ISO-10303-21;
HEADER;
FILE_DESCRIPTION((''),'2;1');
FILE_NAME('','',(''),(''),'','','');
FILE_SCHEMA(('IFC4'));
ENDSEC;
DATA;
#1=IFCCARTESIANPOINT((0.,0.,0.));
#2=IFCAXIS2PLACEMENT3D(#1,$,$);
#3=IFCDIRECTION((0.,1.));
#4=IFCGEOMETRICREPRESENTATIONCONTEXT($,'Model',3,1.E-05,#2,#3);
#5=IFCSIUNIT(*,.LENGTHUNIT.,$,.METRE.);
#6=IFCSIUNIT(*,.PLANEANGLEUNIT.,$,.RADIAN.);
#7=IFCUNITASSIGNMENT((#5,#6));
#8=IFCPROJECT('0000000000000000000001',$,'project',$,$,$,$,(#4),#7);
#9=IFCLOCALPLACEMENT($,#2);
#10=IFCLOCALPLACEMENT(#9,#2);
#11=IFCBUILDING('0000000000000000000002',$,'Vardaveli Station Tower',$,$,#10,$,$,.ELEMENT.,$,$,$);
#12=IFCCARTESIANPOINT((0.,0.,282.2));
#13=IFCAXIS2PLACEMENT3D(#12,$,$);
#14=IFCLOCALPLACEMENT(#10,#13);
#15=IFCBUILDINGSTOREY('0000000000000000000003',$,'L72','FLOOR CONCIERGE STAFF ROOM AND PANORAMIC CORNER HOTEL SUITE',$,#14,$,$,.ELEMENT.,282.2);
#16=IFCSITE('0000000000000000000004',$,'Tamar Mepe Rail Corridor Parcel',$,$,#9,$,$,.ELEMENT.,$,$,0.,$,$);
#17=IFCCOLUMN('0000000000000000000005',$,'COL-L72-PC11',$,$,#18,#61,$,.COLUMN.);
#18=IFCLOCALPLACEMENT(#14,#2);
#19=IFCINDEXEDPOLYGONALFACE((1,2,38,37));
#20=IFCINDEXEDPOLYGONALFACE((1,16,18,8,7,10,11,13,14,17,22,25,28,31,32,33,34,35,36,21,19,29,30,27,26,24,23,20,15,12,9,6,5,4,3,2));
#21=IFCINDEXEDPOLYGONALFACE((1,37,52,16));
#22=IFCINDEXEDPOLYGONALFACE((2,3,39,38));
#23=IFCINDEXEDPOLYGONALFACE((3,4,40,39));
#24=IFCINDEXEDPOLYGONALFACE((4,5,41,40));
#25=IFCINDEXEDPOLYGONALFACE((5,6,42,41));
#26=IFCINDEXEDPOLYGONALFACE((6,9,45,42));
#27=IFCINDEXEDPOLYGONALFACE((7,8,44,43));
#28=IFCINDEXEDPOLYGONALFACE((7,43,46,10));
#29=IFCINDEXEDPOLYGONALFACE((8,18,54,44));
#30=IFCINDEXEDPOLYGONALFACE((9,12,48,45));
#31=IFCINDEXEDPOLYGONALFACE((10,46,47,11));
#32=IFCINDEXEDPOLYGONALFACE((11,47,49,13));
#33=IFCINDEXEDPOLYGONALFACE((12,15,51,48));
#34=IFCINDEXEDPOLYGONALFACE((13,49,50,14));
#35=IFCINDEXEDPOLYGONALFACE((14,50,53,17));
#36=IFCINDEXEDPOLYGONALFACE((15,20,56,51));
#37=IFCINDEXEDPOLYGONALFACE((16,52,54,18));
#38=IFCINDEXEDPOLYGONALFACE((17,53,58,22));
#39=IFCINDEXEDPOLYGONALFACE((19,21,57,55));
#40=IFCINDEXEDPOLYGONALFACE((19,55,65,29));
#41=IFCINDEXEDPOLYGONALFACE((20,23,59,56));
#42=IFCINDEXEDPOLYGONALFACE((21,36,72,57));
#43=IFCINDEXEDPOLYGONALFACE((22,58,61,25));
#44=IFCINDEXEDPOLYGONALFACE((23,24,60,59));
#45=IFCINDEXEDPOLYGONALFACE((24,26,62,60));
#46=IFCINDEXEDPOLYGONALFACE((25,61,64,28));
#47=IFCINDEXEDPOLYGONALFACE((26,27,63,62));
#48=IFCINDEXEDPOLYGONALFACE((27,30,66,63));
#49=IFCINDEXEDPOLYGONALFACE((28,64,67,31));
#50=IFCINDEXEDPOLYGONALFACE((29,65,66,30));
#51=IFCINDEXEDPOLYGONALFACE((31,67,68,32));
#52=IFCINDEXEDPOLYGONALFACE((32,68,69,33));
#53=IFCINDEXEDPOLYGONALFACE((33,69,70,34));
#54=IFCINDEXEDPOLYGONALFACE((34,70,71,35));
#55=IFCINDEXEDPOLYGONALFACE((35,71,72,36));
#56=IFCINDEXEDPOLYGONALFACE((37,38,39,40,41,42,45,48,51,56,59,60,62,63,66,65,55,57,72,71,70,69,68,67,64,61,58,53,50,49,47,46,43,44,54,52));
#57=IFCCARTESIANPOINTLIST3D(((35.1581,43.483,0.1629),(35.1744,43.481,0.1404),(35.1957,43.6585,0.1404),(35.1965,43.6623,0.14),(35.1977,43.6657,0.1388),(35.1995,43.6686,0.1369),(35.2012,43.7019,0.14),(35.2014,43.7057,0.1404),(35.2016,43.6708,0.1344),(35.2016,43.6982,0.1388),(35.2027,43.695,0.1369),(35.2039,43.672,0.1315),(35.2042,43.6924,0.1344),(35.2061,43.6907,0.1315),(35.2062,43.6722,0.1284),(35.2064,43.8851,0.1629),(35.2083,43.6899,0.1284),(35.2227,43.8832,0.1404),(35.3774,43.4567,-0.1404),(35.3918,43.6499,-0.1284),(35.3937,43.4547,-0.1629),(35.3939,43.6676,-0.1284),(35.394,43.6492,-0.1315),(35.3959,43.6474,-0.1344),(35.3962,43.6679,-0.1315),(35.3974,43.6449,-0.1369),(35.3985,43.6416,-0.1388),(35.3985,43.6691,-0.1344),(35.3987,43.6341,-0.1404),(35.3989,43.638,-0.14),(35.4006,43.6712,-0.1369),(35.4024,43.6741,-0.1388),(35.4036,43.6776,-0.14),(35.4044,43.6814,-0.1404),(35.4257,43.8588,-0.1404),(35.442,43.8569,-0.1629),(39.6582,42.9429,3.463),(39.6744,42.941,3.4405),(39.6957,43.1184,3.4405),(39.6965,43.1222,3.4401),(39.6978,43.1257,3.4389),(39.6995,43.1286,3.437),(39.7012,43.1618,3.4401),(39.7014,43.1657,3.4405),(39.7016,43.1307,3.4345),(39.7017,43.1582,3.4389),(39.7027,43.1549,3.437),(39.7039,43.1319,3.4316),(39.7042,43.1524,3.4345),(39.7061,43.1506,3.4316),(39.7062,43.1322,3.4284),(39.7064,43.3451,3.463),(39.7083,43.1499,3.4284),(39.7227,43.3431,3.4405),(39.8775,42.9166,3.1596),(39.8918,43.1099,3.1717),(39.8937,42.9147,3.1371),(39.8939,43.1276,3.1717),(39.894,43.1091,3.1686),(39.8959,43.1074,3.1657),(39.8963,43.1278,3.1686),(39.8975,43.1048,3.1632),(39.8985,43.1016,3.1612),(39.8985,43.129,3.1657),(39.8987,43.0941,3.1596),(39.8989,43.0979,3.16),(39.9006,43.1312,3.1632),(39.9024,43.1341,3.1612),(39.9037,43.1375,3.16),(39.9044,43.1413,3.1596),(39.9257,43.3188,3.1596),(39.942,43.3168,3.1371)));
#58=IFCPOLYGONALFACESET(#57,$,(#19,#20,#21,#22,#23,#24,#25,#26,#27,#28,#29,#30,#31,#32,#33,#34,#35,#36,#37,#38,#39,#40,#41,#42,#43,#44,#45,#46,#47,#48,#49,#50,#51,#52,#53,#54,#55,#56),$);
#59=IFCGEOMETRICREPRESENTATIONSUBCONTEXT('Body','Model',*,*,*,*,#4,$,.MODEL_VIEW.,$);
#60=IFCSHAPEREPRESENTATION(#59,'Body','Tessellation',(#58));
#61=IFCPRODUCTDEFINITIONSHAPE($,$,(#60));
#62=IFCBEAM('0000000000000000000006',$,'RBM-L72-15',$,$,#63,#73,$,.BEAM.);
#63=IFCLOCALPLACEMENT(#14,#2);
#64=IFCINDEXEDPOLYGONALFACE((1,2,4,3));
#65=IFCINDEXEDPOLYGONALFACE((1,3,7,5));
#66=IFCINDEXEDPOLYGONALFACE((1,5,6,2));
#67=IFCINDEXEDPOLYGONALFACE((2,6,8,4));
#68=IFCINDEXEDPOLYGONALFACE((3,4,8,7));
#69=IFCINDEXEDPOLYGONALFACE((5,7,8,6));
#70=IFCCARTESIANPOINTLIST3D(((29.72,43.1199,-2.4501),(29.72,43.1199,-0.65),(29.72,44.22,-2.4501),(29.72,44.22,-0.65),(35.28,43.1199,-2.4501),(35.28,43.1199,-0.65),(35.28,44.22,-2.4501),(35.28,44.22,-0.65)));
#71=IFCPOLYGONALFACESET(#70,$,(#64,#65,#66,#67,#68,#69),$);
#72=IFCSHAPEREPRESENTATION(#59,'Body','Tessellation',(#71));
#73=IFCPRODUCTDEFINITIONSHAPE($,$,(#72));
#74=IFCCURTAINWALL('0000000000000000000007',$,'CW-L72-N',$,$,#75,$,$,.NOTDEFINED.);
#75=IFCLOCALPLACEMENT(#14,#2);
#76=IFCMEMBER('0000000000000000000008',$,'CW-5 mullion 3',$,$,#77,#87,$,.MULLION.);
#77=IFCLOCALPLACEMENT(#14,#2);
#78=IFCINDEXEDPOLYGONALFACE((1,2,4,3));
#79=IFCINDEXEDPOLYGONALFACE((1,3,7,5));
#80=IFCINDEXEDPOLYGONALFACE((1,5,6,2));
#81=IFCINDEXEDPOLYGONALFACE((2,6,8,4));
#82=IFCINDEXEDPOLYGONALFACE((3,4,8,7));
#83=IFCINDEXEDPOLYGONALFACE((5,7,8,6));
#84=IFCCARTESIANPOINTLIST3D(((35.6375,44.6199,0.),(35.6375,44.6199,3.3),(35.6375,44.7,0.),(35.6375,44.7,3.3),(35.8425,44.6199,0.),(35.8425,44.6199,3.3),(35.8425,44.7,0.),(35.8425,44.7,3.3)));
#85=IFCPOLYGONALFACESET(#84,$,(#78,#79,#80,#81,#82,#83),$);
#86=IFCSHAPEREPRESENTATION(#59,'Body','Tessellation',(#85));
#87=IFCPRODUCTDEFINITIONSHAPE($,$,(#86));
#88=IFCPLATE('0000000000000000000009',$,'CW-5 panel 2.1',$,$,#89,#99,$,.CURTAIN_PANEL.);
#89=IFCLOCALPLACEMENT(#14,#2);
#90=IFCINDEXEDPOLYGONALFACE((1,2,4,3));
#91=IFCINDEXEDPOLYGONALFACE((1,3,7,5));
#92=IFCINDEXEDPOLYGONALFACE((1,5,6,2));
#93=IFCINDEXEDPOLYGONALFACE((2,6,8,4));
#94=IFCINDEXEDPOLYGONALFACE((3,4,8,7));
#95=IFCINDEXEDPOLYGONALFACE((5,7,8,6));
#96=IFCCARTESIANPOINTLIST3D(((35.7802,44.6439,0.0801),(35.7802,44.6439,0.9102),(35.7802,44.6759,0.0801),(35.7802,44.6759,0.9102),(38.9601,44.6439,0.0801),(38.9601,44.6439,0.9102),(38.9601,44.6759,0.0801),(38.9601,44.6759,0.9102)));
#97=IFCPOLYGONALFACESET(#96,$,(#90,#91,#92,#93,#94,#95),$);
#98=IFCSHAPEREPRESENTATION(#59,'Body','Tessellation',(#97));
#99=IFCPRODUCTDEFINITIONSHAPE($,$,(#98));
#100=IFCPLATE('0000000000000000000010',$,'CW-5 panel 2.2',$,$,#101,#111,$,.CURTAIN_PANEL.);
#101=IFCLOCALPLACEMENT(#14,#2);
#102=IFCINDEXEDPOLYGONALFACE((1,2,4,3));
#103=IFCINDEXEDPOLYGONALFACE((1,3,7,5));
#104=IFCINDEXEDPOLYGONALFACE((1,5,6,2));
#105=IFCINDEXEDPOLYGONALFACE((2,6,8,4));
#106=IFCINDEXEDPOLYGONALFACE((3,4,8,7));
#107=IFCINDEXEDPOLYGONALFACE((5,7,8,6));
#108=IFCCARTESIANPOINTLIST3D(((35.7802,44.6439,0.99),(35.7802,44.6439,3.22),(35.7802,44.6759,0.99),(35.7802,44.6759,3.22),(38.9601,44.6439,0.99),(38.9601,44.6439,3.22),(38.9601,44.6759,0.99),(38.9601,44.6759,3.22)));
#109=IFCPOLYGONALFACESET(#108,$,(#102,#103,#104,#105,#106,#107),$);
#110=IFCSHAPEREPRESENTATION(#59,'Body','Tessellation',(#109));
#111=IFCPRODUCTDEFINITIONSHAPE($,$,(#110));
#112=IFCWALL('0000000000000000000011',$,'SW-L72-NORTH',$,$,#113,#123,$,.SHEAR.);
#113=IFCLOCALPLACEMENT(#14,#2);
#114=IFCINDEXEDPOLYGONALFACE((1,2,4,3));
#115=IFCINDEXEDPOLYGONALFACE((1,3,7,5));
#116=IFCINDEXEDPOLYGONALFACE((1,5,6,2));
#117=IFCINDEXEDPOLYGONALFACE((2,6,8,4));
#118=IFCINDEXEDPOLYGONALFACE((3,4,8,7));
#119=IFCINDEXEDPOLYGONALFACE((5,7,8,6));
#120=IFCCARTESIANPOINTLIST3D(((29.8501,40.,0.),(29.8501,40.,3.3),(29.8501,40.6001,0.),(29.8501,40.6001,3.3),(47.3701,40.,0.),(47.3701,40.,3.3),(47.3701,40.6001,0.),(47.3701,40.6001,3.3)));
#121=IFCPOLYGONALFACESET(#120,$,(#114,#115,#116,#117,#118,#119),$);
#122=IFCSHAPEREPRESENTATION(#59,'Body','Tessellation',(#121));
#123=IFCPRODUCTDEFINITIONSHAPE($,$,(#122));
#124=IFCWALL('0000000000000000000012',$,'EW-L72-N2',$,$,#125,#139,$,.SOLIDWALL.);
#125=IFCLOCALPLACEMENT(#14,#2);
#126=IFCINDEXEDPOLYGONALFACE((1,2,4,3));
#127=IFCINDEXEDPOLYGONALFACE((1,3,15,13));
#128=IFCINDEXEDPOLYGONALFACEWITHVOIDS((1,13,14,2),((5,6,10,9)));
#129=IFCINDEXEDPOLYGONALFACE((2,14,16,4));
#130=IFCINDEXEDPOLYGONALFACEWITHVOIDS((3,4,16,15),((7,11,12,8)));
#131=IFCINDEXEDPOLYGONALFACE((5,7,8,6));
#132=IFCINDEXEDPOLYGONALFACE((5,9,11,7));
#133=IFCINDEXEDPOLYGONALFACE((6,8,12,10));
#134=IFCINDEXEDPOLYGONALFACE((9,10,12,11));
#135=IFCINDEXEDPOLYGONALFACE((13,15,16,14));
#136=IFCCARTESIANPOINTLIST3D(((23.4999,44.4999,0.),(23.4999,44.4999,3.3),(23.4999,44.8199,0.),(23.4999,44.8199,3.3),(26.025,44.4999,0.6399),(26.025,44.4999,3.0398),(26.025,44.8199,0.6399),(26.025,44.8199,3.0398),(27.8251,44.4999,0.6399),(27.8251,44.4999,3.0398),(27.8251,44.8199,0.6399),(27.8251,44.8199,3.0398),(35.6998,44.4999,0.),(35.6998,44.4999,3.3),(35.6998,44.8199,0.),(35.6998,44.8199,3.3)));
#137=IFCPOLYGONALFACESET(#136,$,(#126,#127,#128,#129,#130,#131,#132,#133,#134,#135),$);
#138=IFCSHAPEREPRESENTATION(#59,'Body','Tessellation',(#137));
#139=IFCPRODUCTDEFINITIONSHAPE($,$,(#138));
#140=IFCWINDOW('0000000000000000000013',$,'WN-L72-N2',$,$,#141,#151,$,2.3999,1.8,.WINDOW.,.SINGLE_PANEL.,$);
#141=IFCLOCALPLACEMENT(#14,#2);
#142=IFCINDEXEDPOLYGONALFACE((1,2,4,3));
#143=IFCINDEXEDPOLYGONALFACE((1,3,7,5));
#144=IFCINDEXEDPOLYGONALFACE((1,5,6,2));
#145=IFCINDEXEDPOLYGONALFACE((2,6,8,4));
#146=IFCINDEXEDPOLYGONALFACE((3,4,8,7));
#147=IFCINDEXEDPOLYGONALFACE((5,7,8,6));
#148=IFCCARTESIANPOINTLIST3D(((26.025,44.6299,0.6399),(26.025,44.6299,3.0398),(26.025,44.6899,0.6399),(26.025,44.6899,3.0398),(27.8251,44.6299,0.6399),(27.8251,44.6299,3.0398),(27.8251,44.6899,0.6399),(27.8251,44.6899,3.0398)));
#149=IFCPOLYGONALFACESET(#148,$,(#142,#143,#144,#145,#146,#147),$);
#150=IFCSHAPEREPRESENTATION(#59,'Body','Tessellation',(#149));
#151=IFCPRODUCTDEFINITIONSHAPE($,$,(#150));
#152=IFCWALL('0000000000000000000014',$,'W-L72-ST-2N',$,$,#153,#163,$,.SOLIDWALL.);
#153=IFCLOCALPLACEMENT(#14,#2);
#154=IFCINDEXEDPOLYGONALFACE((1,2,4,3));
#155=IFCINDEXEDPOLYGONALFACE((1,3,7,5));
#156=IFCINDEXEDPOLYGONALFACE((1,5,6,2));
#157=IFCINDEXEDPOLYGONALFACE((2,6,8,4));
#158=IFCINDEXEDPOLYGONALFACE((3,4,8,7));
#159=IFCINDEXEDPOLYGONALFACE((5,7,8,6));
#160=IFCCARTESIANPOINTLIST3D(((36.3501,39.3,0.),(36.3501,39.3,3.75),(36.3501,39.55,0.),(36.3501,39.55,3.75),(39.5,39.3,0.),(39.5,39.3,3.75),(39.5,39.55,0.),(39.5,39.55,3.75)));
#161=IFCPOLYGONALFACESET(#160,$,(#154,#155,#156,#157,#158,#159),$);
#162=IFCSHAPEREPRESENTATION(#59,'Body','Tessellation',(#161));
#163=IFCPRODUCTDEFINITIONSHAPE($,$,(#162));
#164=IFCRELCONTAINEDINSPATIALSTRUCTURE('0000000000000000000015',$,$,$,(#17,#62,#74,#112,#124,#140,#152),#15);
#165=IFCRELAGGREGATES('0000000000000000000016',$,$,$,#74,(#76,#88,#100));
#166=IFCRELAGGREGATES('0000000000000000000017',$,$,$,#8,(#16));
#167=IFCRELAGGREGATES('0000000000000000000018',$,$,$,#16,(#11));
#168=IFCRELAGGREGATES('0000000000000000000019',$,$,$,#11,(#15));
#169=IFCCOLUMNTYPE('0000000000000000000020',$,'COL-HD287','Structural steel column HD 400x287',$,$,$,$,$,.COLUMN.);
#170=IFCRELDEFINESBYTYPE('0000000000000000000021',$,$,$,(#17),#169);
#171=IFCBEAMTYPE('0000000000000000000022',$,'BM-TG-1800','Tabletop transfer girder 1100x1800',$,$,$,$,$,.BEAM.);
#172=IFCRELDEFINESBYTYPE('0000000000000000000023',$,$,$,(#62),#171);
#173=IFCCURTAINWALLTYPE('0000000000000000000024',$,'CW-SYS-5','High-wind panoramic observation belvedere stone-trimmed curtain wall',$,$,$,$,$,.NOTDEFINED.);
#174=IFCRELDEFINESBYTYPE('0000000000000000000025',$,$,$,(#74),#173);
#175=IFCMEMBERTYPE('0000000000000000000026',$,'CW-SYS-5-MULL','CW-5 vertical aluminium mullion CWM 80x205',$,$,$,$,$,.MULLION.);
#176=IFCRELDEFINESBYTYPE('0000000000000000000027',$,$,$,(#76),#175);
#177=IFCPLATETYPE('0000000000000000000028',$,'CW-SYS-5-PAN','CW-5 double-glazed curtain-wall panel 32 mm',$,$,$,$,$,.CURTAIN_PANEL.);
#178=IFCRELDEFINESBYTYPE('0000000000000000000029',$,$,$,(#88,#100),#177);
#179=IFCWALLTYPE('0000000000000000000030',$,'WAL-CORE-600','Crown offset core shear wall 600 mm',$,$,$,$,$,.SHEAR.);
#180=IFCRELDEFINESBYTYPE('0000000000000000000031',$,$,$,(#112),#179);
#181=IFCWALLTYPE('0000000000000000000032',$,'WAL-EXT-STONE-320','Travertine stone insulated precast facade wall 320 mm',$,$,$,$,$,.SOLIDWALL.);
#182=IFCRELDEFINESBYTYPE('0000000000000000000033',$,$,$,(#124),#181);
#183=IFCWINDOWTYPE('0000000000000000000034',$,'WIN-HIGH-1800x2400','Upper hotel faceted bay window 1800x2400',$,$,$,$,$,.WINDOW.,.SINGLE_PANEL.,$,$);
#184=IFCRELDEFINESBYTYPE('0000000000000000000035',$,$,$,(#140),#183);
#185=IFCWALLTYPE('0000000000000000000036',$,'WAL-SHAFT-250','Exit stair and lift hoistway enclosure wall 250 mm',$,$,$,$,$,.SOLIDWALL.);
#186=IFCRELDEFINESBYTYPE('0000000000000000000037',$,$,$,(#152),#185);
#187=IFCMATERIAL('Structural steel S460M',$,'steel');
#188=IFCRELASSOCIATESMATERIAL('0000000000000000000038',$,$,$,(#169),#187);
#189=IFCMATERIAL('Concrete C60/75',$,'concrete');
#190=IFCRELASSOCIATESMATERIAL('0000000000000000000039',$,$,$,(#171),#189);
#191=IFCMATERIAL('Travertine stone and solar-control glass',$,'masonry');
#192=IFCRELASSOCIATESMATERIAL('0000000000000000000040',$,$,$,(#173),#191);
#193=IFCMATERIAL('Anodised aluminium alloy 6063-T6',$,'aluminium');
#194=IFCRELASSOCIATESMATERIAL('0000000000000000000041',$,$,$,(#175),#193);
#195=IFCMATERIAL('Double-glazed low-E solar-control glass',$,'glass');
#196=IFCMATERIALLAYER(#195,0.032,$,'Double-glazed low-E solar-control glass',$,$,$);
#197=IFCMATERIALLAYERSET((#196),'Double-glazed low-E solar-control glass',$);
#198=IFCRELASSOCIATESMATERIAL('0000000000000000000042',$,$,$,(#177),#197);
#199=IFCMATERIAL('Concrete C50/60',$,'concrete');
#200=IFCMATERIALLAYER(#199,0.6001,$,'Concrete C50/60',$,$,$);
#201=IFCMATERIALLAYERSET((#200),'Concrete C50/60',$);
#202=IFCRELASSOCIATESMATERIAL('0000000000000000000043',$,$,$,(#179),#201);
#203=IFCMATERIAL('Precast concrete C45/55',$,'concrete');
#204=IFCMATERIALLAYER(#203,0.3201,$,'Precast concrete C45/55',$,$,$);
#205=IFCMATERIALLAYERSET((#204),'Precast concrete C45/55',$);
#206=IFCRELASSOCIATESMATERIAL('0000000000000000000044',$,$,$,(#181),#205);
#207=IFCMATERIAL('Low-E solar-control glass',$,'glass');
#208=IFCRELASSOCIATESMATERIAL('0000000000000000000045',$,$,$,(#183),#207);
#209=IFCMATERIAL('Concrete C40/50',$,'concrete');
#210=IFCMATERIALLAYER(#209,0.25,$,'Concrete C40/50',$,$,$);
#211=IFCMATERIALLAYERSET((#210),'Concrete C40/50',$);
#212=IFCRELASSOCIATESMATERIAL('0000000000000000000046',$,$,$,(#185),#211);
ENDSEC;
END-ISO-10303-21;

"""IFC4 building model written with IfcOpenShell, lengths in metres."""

from ifc_helpers import new_model, si_unit, direction, frame, frame_2d, origin, origin_2d, place, context, subcontext, project, spatial, rectangle, i_section, extrude, source, transform, mapped, material, layer, layer_set, material_profile, profile_set, type_object, element, fill, aggregate, save


model = new_model("IFC4")

# Units and contexts
model_context = context("Model", 3, precision=1e-05, world=origin(), true_north=direction((0.0, 1.0)))
body_context = subcontext(model_context, "Body", "Model", "MODEL_VIEW")
ifc_project = project(units=[si_unit("LENGTHUNIT", "METRE"), si_unit("PLANEANGLEUNIT", "RADIAN")], contexts=[model_context])

# Site, building, storey
site_placement = place(None, origin())
site = spatial("IfcSite", under=ifc_project, at=site_placement, Name="Tamar Mepe Rail Corridor Parcel", CompositionType="ELEMENT", RefElevation=0.0)
building_placement = place(site_placement, origin())
building = spatial("IfcBuilding", under=site, at=building_placement, Name="Vardaveli Station Tower", CompositionType="ELEMENT")
storey_placement = place(building_placement, frame((0.0, 0.0, 282.2)))
storey = spatial("IfcBuildingStorey", under=building, at=storey_placement, Name="L72", Description="FLOOR CONCIERGE STAFF ROOM AND PANORAMIC CORNER HOTEL SUITE", CompositionType="ELEMENT", Elevation=282.2)

# Column
ifc_material_1 = material(Name="Structural steel S460M", Category="steel")
ifc_material_profile_1 = material_profile(ifc_material_1, i_section(OverallWidth=0.405, OverallDepth=0.4031, WebThickness=0.0178, FlangeThickness=0.0278, FilletRadius=0.0149, at=origin_2d()), Name="HD 400x287")
ifc_profile_set_1 = profile_set([ifc_material_profile_1], Name="Structural steel S460M")
column_type = type_object("IfcColumnType", Name="COL-HD287", Description="Structural steel column HD 400x287", PredefinedType="COLUMN", material=ifc_profile_set_1)
shared_shape_1 = source(origin(), body_context, "Body", "SweptSolid", [
    extrude(i_section(OverallWidth=0.405, OverallDepth=0.4031, WebThickness=0.0178, FlangeThickness=0.0278, FilletRadius=0.0149, at=origin_2d()), origin(), (0.0, 0.0, 1.0), 5.6064),
])
column_placement = place(storey_placement, frame((35.3, 43.6699, 0.0), z_axis=(0.802651, -0.096325, 0.588619), x_axis=(0.119154, 0.992876, 0.0)))
element("IfcColumn", 1, at=column_placement, inside=storey, type_object=column_type, Name="COL-L72-PC11", PredefinedType="COLUMN", context=body_context, shape_type="MappedRepresentation", body=[
    mapped(shared_shape_1, transform((0.0, 0.0, 0.0), scale=1.0)),
])

# Beam
ifc_material_2 = material(Name="Concrete C60/75", Category="concrete")
ifc_material_profile_2 = material_profile(ifc_material_2, rectangle(XDim=1.1001, YDim=1.8, at=origin_2d()), Name="TG 1100x1800")
ifc_profile_set_2 = profile_set([ifc_material_profile_2], Name="Concrete C60/75")
beam_type = type_object("IfcBeamType", Name="BM-TG-1800", Description="Tabletop transfer girder 1100x1800", PredefinedType="BEAM", material=ifc_profile_set_2)
shared_shape_2 = source(origin(), body_context, "Body", "SweptSolid", [
    extrude(rectangle(XDim=1.1001, YDim=1.8, at=origin_2d()), origin(), (0.0, 0.0, 1.0), 5.5601),
])
beam_placement = place(storey_placement, frame((35.28, 43.6699, -1.55), z_axis=(-1.0, 0.0, 0.0), x_axis=(0.0, -1.0, 0.0)))
element("IfcBeam", 2, at=beam_placement, inside=storey, type_object=beam_type, Name="RBM-L72-15", PredefinedType="BEAM", context=body_context, shape_type="MappedRepresentation", body=[
    mapped(shared_shape_2, transform((0.0, 0.0, 0.0), scale=1.0)),
])

# Curtain wall, member, plates
ifc_material_3 = material(Name="Travertine stone and solar-control glass", Category="masonry")
curtain_wall_type = type_object("IfcCurtainWallType", Name="CW-SYS-5", Description="High-wind panoramic observation belvedere stone-trimmed curtain wall", PredefinedType="NOTDEFINED", material=ifc_material_3)
curtain_wall_placement = place(storey_placement, origin())
curtain_wall = element("IfcCurtainWall", 3, at=curtain_wall_placement, inside=storey, type_object=curtain_wall_type, Name="CW-L72-N", PredefinedType="NOTDEFINED")
ifc_material_4 = material(Name="Anodised aluminium alloy 6063-T6", Category="aluminium")
ifc_material_profile_3 = material_profile(ifc_material_4, rectangle(XDim=0.0801, YDim=0.2051, at=origin_2d()), Name="CWM 80x205")
ifc_profile_set_3 = profile_set([ifc_material_profile_3], Name="Anodised aluminium alloy 6063-T6")
member_type = type_object("IfcMemberType", Name="CW-SYS-5-MULL", Description="CW-5 vertical aluminium mullion CWM 80x205", PredefinedType="MULLION", material=ifc_profile_set_3)
shared_shape_3 = source(origin(), body_context, "Body", "SweptSolid", [
    extrude(rectangle(XDim=0.0801, YDim=0.2051, at=origin_2d()), origin(), (0.0, 0.0, 1.0), 3.3),
])
member_placement = place(storey_placement, frame((35.74, 44.6599, 0.0), z_axis=(0.0, 0.0, 1.0), x_axis=(0.0, -1.0, 0.0)))
member = element("IfcMember", 4, at=member_placement, type_object=member_type, Name="CW-5 mullion 3", PredefinedType="MULLION", context=body_context, shape_type="MappedRepresentation", body=[
    mapped(shared_shape_3, transform((0.0, 0.0, 0.0), scale=1.0)),
])
ifc_material_5 = material(Name="Double-glazed low-E solar-control glass", Category="glass")
ifc_layer_1 = layer(ifc_material_5, 0.032, Name="Double-glazed low-E solar-control glass")
ifc_layer_set_1 = layer_set([ifc_layer_1], Name="Double-glazed low-E solar-control glass")
plate_type = type_object("IfcPlateType", Name="CW-SYS-5-PAN", Description="CW-5 double-glazed curtain-wall panel 32 mm", PredefinedType="CURTAIN_PANEL", material=ifc_layer_set_1)
shared_shape_4 = source(origin(), body_context, "Body", "SweptSolid", [
    extrude(rectangle(XDim=3.1799, YDim=0.032, at=origin_2d()), origin(), (0.0, 0.0, 1.0), 0.8301),
])
plate_1_placement = place(storey_placement, frame((37.3701, 44.6599, 0.0801), z_axis=(0.0, 0.0, 1.0), x_axis=(-1.0, 0.0, 0.0)))
plate_1 = element("IfcPlate", 5, at=plate_1_placement, type_object=plate_type, Name="CW-5 panel 2.1", PredefinedType="CURTAIN_PANEL", context=body_context, shape_type="MappedRepresentation", body=[
    mapped(shared_shape_4, transform((0.0, 0.0, 0.0), scale=1.0)),
])
shared_shape_5 = source(origin(), body_context, "Body", "SweptSolid", [
    extrude(rectangle(XDim=3.1799, YDim=0.032, at=origin_2d()), origin(), (0.0, 0.0, 1.0), 2.23),
])
plate_2_placement = place(storey_placement, frame((37.3701, 44.6599, 0.99), z_axis=(0.0, 0.0, 1.0), x_axis=(-1.0, 0.0, 0.0)))
plate_2 = element("IfcPlate", 6, at=plate_2_placement, type_object=plate_type, Name="CW-5 panel 2.2", PredefinedType="CURTAIN_PANEL", context=body_context, shape_type="MappedRepresentation", body=[
    mapped(shared_shape_5, transform((0.0, 0.0, 0.0), scale=1.0)),
])
aggregate(curtain_wall, [member, plate_1, plate_2])

# Wall
ifc_material_6 = material(Name="Concrete C50/60", Category="concrete")
ifc_layer_2 = layer(ifc_material_6, 0.6001, Name="Concrete C50/60")
ifc_layer_set_2 = layer_set([ifc_layer_2], Name="Concrete C50/60")
wall_type_1 = type_object("IfcWallType", Name="WAL-CORE-600", Description="Crown offset core shear wall 600 mm", PredefinedType="SHEAR", material=ifc_layer_set_2)
shared_shape_6 = source(origin(), body_context, "Body", "SweptSolid", [
    extrude(rectangle(XDim=17.52, YDim=0.6001, at=frame_2d((8.76, 0.0))), origin(), (0.0, 0.0, 1.0), 3.3),
])
wall_1_placement = place(storey_placement, frame((29.8501, 40.3, 0.0), z_axis=(0.0, 0.0, 1.0), x_axis=(1.0, 0.0, 0.0)))
element("IfcWall", 7, at=wall_1_placement, inside=storey, type_object=wall_type_1, Name="SW-L72-NORTH", PredefinedType="SHEAR", context=body_context, shape_type="MappedRepresentation", body=[
    mapped(shared_shape_6, transform((0.0, 0.0, 0.0), scale=1.0)),
])

# Wall, opening, window
ifc_material_7 = material(Name="Precast concrete C45/55", Category="concrete")
ifc_layer_3 = layer(ifc_material_7, 0.3201, Name="Precast concrete C45/55")
ifc_layer_set_3 = layer_set([ifc_layer_3], Name="Precast concrete C45/55")
wall_type_2 = type_object("IfcWallType", Name="WAL-EXT-STONE-320", Description="Travertine stone insulated precast facade wall 320 mm", PredefinedType="SOLIDWALL", material=ifc_layer_set_3)
shared_shape_7 = source(origin(), body_context, "Body", "SweptSolid", [
    extrude(rectangle(XDim=12.2, YDim=0.3201, at=frame_2d((6.1001, 0.0))), origin(), (0.0, 0.0, 1.0), 3.3),
])
wall_2_placement = place(storey_placement, frame((35.7, 44.6599, 0.0), z_axis=(0.0, 0.0, 1.0), x_axis=(-1.0, 0.0, 0.0)))
wall_2 = element("IfcWall", 8, at=wall_2_placement, inside=storey, type_object=wall_type_2, Name="EW-L72-N2", PredefinedType="SOLIDWALL", context=body_context, shape_type="MappedRepresentation", body=[
    mapped(shared_shape_7, transform((0.0, 0.0, 0.0), scale=1.0)),
])
shared_shape_8 = source(origin(), body_context, "Body", "SweptSolid", [
    extrude(rectangle(XDim=1.8, YDim=2.3999, at=frame_2d((0.8999, 1.2))), frame((0.0, 0.1699, 0.0), z_axis=(0.0, -1.0, 0.0), x_axis=(1.0, 0.0, 0.0)), (0.0, 0.0, 1.0), 0.3401),
])
opening_1_placement = place(wall_2_placement, frame((7.875, 0.0, 0.6399)))
opening_1 = element("IfcOpeningElement", 9, at=opening_1_placement, cuts=wall_2, PredefinedType="OPENING", context=body_context, shape_type="MappedRepresentation", body=[
    mapped(shared_shape_8, transform((0.0, 0.0, 0.0), scale=1.0)),
])
ifc_material_8 = material(Name="Low-E solar-control glass", Category="glass")
window_type = type_object("IfcWindowType", Name="WIN-HIGH-1800x2400", Description="Upper hotel faceted bay window 1800x2400", PartitioningType="SINGLE_PANEL", PredefinedType="WINDOW", material=ifc_material_8)
shared_shape_9 = source(origin(), body_context, "Body", "SweptSolid", [
    extrude(rectangle(XDim=1.8, YDim=2.3999, at=frame_2d((0.8999, 1.2))), frame((0.0, 0.03, 0.0), z_axis=(0.0, -1.0, 0.0), x_axis=(1.0, 0.0, 0.0)), (0.0, 0.0, 1.0), 0.0601),
])
window_placement = place(opening_1_placement, origin())
window = element("IfcWindow", 10, at=window_placement, inside=storey, type_object=window_type, Name="WN-L72-N2", OverallHeight=2.3999, OverallWidth=1.8, PartitioningType="SINGLE_PANEL", PredefinedType="WINDOW", context=body_context, shape_type="MappedRepresentation", body=[
    mapped(shared_shape_9, transform((0.0, 0.0, 0.0), scale=1.0)),
])
fill(opening_1, window)

# Wall
ifc_material_9 = material(Name="Concrete C40/50", Category="concrete")
ifc_layer_4 = layer(ifc_material_9, 0.25, Name="Concrete C40/50")
ifc_layer_set_4 = layer_set([ifc_layer_4], Name="Concrete C40/50")
wall_type_3 = type_object("IfcWallType", Name="WAL-SHAFT-250", Description="Exit stair and lift hoistway enclosure wall 250 mm", PredefinedType="SOLIDWALL", material=ifc_layer_set_4)
shared_shape_10 = source(origin(), body_context, "Body", "SweptSolid", [
    extrude(rectangle(XDim=3.1499, YDim=0.25, at=frame_2d((1.575, 0.0))), origin(), (0.0, 0.0, 1.0), 3.75),
])
wall_3_placement = place(storey_placement, frame((36.3501, 39.425, 0.0), z_axis=(0.0, 0.0, 1.0), x_axis=(1.0, 0.0, 0.0)))
element("IfcWall", 11, at=wall_3_placement, inside=storey, type_object=wall_type_3, Name="W-L72-ST-2N", PredefinedType="SOLIDWALL", context=body_context, shape_type="MappedRepresentation", body=[
    mapped(shared_shape_10, transform((0.0, 0.0, 0.0), scale=1.0)),
])

save(model, "model.ifc")
